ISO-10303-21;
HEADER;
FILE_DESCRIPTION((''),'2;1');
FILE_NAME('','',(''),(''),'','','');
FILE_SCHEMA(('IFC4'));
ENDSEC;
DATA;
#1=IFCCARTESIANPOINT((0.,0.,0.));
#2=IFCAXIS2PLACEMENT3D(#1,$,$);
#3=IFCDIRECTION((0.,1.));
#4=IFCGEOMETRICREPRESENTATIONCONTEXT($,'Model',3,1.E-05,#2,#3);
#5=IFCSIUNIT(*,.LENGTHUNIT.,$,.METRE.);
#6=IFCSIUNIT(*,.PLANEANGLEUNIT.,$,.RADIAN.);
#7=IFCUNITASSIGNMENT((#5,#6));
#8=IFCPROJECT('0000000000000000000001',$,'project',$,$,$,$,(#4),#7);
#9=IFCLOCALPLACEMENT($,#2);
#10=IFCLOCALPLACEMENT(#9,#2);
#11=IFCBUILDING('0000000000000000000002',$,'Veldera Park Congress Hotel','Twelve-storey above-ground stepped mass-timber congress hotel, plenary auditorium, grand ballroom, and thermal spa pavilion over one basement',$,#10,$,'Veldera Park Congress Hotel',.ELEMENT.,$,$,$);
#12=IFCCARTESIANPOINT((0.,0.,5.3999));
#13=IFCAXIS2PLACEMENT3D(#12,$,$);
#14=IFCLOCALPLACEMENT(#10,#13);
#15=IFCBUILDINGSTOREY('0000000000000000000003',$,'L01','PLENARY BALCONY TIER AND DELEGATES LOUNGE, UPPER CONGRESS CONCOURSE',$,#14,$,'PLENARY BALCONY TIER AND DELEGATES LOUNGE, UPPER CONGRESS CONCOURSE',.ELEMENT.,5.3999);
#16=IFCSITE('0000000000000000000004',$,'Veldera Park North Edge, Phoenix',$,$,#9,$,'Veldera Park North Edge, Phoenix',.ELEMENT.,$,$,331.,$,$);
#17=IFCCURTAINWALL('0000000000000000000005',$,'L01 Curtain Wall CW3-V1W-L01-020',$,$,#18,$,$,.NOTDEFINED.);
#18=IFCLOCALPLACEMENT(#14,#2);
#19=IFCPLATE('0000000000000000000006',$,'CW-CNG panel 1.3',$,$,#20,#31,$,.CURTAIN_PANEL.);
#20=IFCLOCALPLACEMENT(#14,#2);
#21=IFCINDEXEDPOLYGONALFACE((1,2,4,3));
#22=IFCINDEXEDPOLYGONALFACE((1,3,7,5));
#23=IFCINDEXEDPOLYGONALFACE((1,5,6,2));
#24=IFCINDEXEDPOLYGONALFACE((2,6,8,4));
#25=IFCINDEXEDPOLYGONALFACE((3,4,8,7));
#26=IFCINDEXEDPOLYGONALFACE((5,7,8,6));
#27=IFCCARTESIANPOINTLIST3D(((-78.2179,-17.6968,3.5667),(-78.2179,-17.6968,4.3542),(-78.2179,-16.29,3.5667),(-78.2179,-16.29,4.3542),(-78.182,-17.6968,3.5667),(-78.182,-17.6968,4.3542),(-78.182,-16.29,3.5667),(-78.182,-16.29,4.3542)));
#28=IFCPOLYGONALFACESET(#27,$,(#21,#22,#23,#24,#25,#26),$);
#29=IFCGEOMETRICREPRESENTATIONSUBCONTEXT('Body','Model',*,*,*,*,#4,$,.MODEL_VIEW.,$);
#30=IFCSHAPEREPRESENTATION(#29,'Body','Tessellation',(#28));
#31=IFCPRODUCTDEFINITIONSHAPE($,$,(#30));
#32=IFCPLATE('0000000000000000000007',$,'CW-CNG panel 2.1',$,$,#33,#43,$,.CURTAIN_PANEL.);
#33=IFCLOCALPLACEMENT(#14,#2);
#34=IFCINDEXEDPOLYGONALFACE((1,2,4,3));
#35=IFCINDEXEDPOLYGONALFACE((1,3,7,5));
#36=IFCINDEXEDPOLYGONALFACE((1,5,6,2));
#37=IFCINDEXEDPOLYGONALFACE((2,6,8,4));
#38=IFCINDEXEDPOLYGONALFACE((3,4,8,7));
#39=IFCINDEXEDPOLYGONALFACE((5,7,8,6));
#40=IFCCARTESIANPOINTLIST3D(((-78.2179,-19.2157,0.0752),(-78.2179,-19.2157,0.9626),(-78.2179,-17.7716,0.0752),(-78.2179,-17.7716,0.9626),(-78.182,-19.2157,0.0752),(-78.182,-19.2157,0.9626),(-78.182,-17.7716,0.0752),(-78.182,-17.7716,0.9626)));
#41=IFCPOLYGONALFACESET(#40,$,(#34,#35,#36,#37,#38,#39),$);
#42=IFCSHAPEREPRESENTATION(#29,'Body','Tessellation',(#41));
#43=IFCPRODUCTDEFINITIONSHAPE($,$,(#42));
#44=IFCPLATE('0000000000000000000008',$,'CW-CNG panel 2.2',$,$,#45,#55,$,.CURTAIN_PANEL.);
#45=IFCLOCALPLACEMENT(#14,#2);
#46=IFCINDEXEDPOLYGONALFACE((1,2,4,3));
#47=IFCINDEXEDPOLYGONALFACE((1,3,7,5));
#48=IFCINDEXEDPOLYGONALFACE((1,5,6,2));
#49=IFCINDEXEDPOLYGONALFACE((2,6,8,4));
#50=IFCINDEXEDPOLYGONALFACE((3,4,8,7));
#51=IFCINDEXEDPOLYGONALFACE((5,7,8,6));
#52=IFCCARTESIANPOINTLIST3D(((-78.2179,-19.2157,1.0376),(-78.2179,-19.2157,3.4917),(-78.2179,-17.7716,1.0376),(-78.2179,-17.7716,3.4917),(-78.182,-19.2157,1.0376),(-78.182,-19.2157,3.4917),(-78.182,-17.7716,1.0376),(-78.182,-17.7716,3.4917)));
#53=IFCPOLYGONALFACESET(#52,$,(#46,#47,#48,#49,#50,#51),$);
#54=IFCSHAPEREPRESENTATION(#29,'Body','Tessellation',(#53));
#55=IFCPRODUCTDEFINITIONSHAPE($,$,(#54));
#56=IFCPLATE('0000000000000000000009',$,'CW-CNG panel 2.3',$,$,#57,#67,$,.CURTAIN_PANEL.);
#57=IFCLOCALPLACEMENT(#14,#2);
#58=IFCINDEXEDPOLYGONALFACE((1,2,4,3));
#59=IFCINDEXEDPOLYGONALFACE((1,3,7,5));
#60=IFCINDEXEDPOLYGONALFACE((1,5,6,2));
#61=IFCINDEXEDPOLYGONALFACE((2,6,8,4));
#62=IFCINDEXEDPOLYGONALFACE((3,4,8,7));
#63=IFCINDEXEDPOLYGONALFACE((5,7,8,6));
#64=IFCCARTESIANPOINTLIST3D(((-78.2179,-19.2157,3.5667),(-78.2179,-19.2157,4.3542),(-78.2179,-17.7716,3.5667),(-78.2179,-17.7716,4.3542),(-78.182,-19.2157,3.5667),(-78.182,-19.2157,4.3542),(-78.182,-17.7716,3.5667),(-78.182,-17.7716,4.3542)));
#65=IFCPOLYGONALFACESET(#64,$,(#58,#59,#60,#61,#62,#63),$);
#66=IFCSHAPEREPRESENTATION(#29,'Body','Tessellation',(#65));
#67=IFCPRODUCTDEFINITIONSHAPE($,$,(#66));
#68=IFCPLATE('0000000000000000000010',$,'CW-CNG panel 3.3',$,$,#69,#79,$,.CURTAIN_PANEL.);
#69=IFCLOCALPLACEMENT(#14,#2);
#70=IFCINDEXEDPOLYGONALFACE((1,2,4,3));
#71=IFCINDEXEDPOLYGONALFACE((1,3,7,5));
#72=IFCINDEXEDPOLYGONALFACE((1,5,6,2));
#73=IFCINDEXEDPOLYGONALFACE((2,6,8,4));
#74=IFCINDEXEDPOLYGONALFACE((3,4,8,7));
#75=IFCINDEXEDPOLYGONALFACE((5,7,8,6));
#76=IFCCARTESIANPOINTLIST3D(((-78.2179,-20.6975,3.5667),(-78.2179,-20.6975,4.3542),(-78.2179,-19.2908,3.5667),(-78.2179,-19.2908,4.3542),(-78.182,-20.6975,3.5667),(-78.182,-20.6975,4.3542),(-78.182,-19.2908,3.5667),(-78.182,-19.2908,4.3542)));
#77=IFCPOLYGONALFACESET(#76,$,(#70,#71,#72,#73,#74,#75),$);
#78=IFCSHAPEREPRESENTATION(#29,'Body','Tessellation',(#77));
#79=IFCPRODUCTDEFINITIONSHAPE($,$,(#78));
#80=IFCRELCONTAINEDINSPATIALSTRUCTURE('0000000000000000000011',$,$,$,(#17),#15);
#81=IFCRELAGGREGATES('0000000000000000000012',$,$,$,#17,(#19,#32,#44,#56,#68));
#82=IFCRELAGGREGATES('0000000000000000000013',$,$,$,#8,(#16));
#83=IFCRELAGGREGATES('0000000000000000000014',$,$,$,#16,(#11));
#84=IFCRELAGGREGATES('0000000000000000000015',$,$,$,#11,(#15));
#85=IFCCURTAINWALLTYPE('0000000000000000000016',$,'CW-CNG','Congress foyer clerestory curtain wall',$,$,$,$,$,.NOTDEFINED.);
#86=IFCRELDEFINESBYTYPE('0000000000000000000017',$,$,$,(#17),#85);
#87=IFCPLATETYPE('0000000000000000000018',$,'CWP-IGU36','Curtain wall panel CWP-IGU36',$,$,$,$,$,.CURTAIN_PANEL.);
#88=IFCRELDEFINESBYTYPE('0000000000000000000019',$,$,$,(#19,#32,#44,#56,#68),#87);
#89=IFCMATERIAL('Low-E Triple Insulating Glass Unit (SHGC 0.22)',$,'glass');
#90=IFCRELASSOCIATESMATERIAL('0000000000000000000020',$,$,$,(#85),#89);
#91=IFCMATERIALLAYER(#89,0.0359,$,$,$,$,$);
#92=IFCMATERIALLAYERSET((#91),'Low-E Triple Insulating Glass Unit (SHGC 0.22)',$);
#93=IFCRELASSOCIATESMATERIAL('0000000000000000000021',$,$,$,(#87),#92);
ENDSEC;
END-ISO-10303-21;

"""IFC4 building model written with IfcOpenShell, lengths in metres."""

from ifc_helpers import new_model, si_unit, direction, frame, origin, origin_2d, place, context, subcontext, project, spatial, rectangle, extrude, material, layer, layer_set, type_object, element, aggregate, save


model = new_model("IFC4")

# Units and contexts
model_context = context("Model", 3, precision=1e-05, world=origin(), true_north=direction((0.0, 1.0)))
body_context = subcontext(model_context, "Body", "Model", "MODEL_VIEW")
ifc_project = project(units=[si_unit("LENGTHUNIT", "METRE"), si_unit("PLANEANGLEUNIT", "RADIAN")], contexts=[model_context])

# Site, building, storey
site_placement = place(None, origin())
site = spatial("IfcSite", under=ifc_project, at=site_placement, Name="Veldera Park North Edge, Phoenix", LongName="Veldera Park North Edge, Phoenix", CompositionType="ELEMENT", RefElevation=331.0)
building_placement = place(site_placement, origin())
building = spatial("IfcBuilding", under=site, at=building_placement, Name="Veldera Park Congress Hotel", Description="Twelve-storey above-ground stepped mass-timber congress hotel, plenary auditorium, grand ballroom, and thermal spa pavilion over one basement", LongName="Veldera Park Congress Hotel", CompositionType="ELEMENT")
storey_placement = place(building_placement, frame((0.0, 0.0, 5.3999)))
storey = spatial("IfcBuildingStorey", under=building, at=storey_placement, Name="L01", Description="PLENARY BALCONY TIER AND DELEGATES LOUNGE, UPPER CONGRESS CONCOURSE", LongName="PLENARY BALCONY TIER AND DELEGATES LOUNGE, UPPER CONGRESS CONCOURSE", CompositionType="ELEMENT", Elevation=5.3999)

# Curtain wall, plates
ifc_material_1 = material(Name="Low-E Triple Insulating Glass Unit (SHGC 0.22)", Category="glass")
curtain_wall_type = type_object("IfcCurtainWallType", Name="CW-CNG", Description="Congress foyer clerestory curtain wall", PredefinedType="NOTDEFINED", material=ifc_material_1)
curtain_wall_placement = place(storey_placement, origin())
curtain_wall = element("IfcCurtainWall", 1, at=curtain_wall_placement, inside=storey, type_object=curtain_wall_type, Name="L01 Curtain Wall CW3-V1W-L01-020", PredefinedType="NOTDEFINED")
ifc_layer = layer(ifc_material_1, 0.0359)
ifc_layer_set = layer_set([ifc_layer], Name="Low-E Triple Insulating Glass Unit (SHGC 0.22)")
plate_type = type_object("IfcPlateType", Name="CWP-IGU36", Description="Curtain wall panel CWP-IGU36", PredefinedType="CURTAIN_PANEL", material=ifc_layer_set)
plate_1_placement = place(storey_placement, frame((-78.2, -16.9934, 3.5667), z_axis=(0.0, 0.0, 1.0), x_axis=(0.0, -1.0, 0.0)))
plate_1 = element("IfcPlate", 2, at=plate_1_placement, type_object=plate_type, Name="CW-CNG panel 1.3", PredefinedType="CURTAIN_PANEL", context=body_context, shape_type="SweptSolid", body=[
    extrude(rectangle(XDim=1.4067, YDim=0.0359, at=origin_2d()), origin(), (0.0, 0.0, 1.0), 0.7876),
])
plate_2_placement = place(storey_placement, frame((-78.2, -18.4937, 0.0752), z_axis=(0.0, 0.0, 1.0), x_axis=(0.0, -1.0, 0.0)))
plate_2 = element("IfcPlate", 3, at=plate_2_placement, type_object=plate_type, Name="CW-CNG panel 2.1", PredefinedType="CURTAIN_PANEL", context=body_context, shape_type="SweptSolid", body=[
    extrude(rectangle(XDim=1.4441, YDim=0.0359, at=origin_2d()), origin(), (0.0, 0.0, 1.0), 0.8875),
])
plate_3_placement = place(storey_placement, frame((-78.2, -18.4937, 1.0376), z_axis=(0.0, 0.0, 1.0), x_axis=(0.0, -1.0, 0.0)))
plate_3 = element("IfcPlate", 4, at=plate_3_placement, type_object=plate_type, Name="CW-CNG panel 2.2", PredefinedType="CURTAIN_PANEL", context=body_context, shape_type="SweptSolid", body=[
    extrude(rectangle(XDim=1.4441, YDim=0.0359, at=origin_2d()), origin(), (0.0, 0.0, 1.0), 2.4541),
])
plate_4_placement = place(storey_placement, frame((-78.2, -18.4937, 3.5667), z_axis=(0.0, 0.0, 1.0), x_axis=(0.0, -1.0, 0.0)))
plate_4 = element("IfcPlate", 5, at=plate_4_placement, type_object=plate_type, Name="CW-CNG panel 2.3", PredefinedType="CURTAIN_PANEL", context=body_context, shape_type="SweptSolid", body=[
    extrude(rectangle(XDim=1.4441, YDim=0.0359, at=origin_2d()), origin(), (0.0, 0.0, 1.0), 0.7876),
])
plate_5_placement = place(storey_placement, frame((-78.2, -19.9941, 3.5667), z_axis=(0.0, 0.0, 1.0), x_axis=(0.0, -1.0, 0.0)))
plate_5 = element("IfcPlate", 6, at=plate_5_placement, type_object=plate_type, Name="CW-CNG panel 3.3", PredefinedType="CURTAIN_PANEL", context=body_context, shape_type="SweptSolid", body=[
    extrude(rectangle(XDim=1.4067, YDim=0.0359, at=origin_2d()), origin(), (0.0, 0.0, 1.0), 0.7876),
])
aggregate(curtain_wall, [plate_1, plate_2, plate_3, plate_4, plate_5])

save(model, "model.ifc")
